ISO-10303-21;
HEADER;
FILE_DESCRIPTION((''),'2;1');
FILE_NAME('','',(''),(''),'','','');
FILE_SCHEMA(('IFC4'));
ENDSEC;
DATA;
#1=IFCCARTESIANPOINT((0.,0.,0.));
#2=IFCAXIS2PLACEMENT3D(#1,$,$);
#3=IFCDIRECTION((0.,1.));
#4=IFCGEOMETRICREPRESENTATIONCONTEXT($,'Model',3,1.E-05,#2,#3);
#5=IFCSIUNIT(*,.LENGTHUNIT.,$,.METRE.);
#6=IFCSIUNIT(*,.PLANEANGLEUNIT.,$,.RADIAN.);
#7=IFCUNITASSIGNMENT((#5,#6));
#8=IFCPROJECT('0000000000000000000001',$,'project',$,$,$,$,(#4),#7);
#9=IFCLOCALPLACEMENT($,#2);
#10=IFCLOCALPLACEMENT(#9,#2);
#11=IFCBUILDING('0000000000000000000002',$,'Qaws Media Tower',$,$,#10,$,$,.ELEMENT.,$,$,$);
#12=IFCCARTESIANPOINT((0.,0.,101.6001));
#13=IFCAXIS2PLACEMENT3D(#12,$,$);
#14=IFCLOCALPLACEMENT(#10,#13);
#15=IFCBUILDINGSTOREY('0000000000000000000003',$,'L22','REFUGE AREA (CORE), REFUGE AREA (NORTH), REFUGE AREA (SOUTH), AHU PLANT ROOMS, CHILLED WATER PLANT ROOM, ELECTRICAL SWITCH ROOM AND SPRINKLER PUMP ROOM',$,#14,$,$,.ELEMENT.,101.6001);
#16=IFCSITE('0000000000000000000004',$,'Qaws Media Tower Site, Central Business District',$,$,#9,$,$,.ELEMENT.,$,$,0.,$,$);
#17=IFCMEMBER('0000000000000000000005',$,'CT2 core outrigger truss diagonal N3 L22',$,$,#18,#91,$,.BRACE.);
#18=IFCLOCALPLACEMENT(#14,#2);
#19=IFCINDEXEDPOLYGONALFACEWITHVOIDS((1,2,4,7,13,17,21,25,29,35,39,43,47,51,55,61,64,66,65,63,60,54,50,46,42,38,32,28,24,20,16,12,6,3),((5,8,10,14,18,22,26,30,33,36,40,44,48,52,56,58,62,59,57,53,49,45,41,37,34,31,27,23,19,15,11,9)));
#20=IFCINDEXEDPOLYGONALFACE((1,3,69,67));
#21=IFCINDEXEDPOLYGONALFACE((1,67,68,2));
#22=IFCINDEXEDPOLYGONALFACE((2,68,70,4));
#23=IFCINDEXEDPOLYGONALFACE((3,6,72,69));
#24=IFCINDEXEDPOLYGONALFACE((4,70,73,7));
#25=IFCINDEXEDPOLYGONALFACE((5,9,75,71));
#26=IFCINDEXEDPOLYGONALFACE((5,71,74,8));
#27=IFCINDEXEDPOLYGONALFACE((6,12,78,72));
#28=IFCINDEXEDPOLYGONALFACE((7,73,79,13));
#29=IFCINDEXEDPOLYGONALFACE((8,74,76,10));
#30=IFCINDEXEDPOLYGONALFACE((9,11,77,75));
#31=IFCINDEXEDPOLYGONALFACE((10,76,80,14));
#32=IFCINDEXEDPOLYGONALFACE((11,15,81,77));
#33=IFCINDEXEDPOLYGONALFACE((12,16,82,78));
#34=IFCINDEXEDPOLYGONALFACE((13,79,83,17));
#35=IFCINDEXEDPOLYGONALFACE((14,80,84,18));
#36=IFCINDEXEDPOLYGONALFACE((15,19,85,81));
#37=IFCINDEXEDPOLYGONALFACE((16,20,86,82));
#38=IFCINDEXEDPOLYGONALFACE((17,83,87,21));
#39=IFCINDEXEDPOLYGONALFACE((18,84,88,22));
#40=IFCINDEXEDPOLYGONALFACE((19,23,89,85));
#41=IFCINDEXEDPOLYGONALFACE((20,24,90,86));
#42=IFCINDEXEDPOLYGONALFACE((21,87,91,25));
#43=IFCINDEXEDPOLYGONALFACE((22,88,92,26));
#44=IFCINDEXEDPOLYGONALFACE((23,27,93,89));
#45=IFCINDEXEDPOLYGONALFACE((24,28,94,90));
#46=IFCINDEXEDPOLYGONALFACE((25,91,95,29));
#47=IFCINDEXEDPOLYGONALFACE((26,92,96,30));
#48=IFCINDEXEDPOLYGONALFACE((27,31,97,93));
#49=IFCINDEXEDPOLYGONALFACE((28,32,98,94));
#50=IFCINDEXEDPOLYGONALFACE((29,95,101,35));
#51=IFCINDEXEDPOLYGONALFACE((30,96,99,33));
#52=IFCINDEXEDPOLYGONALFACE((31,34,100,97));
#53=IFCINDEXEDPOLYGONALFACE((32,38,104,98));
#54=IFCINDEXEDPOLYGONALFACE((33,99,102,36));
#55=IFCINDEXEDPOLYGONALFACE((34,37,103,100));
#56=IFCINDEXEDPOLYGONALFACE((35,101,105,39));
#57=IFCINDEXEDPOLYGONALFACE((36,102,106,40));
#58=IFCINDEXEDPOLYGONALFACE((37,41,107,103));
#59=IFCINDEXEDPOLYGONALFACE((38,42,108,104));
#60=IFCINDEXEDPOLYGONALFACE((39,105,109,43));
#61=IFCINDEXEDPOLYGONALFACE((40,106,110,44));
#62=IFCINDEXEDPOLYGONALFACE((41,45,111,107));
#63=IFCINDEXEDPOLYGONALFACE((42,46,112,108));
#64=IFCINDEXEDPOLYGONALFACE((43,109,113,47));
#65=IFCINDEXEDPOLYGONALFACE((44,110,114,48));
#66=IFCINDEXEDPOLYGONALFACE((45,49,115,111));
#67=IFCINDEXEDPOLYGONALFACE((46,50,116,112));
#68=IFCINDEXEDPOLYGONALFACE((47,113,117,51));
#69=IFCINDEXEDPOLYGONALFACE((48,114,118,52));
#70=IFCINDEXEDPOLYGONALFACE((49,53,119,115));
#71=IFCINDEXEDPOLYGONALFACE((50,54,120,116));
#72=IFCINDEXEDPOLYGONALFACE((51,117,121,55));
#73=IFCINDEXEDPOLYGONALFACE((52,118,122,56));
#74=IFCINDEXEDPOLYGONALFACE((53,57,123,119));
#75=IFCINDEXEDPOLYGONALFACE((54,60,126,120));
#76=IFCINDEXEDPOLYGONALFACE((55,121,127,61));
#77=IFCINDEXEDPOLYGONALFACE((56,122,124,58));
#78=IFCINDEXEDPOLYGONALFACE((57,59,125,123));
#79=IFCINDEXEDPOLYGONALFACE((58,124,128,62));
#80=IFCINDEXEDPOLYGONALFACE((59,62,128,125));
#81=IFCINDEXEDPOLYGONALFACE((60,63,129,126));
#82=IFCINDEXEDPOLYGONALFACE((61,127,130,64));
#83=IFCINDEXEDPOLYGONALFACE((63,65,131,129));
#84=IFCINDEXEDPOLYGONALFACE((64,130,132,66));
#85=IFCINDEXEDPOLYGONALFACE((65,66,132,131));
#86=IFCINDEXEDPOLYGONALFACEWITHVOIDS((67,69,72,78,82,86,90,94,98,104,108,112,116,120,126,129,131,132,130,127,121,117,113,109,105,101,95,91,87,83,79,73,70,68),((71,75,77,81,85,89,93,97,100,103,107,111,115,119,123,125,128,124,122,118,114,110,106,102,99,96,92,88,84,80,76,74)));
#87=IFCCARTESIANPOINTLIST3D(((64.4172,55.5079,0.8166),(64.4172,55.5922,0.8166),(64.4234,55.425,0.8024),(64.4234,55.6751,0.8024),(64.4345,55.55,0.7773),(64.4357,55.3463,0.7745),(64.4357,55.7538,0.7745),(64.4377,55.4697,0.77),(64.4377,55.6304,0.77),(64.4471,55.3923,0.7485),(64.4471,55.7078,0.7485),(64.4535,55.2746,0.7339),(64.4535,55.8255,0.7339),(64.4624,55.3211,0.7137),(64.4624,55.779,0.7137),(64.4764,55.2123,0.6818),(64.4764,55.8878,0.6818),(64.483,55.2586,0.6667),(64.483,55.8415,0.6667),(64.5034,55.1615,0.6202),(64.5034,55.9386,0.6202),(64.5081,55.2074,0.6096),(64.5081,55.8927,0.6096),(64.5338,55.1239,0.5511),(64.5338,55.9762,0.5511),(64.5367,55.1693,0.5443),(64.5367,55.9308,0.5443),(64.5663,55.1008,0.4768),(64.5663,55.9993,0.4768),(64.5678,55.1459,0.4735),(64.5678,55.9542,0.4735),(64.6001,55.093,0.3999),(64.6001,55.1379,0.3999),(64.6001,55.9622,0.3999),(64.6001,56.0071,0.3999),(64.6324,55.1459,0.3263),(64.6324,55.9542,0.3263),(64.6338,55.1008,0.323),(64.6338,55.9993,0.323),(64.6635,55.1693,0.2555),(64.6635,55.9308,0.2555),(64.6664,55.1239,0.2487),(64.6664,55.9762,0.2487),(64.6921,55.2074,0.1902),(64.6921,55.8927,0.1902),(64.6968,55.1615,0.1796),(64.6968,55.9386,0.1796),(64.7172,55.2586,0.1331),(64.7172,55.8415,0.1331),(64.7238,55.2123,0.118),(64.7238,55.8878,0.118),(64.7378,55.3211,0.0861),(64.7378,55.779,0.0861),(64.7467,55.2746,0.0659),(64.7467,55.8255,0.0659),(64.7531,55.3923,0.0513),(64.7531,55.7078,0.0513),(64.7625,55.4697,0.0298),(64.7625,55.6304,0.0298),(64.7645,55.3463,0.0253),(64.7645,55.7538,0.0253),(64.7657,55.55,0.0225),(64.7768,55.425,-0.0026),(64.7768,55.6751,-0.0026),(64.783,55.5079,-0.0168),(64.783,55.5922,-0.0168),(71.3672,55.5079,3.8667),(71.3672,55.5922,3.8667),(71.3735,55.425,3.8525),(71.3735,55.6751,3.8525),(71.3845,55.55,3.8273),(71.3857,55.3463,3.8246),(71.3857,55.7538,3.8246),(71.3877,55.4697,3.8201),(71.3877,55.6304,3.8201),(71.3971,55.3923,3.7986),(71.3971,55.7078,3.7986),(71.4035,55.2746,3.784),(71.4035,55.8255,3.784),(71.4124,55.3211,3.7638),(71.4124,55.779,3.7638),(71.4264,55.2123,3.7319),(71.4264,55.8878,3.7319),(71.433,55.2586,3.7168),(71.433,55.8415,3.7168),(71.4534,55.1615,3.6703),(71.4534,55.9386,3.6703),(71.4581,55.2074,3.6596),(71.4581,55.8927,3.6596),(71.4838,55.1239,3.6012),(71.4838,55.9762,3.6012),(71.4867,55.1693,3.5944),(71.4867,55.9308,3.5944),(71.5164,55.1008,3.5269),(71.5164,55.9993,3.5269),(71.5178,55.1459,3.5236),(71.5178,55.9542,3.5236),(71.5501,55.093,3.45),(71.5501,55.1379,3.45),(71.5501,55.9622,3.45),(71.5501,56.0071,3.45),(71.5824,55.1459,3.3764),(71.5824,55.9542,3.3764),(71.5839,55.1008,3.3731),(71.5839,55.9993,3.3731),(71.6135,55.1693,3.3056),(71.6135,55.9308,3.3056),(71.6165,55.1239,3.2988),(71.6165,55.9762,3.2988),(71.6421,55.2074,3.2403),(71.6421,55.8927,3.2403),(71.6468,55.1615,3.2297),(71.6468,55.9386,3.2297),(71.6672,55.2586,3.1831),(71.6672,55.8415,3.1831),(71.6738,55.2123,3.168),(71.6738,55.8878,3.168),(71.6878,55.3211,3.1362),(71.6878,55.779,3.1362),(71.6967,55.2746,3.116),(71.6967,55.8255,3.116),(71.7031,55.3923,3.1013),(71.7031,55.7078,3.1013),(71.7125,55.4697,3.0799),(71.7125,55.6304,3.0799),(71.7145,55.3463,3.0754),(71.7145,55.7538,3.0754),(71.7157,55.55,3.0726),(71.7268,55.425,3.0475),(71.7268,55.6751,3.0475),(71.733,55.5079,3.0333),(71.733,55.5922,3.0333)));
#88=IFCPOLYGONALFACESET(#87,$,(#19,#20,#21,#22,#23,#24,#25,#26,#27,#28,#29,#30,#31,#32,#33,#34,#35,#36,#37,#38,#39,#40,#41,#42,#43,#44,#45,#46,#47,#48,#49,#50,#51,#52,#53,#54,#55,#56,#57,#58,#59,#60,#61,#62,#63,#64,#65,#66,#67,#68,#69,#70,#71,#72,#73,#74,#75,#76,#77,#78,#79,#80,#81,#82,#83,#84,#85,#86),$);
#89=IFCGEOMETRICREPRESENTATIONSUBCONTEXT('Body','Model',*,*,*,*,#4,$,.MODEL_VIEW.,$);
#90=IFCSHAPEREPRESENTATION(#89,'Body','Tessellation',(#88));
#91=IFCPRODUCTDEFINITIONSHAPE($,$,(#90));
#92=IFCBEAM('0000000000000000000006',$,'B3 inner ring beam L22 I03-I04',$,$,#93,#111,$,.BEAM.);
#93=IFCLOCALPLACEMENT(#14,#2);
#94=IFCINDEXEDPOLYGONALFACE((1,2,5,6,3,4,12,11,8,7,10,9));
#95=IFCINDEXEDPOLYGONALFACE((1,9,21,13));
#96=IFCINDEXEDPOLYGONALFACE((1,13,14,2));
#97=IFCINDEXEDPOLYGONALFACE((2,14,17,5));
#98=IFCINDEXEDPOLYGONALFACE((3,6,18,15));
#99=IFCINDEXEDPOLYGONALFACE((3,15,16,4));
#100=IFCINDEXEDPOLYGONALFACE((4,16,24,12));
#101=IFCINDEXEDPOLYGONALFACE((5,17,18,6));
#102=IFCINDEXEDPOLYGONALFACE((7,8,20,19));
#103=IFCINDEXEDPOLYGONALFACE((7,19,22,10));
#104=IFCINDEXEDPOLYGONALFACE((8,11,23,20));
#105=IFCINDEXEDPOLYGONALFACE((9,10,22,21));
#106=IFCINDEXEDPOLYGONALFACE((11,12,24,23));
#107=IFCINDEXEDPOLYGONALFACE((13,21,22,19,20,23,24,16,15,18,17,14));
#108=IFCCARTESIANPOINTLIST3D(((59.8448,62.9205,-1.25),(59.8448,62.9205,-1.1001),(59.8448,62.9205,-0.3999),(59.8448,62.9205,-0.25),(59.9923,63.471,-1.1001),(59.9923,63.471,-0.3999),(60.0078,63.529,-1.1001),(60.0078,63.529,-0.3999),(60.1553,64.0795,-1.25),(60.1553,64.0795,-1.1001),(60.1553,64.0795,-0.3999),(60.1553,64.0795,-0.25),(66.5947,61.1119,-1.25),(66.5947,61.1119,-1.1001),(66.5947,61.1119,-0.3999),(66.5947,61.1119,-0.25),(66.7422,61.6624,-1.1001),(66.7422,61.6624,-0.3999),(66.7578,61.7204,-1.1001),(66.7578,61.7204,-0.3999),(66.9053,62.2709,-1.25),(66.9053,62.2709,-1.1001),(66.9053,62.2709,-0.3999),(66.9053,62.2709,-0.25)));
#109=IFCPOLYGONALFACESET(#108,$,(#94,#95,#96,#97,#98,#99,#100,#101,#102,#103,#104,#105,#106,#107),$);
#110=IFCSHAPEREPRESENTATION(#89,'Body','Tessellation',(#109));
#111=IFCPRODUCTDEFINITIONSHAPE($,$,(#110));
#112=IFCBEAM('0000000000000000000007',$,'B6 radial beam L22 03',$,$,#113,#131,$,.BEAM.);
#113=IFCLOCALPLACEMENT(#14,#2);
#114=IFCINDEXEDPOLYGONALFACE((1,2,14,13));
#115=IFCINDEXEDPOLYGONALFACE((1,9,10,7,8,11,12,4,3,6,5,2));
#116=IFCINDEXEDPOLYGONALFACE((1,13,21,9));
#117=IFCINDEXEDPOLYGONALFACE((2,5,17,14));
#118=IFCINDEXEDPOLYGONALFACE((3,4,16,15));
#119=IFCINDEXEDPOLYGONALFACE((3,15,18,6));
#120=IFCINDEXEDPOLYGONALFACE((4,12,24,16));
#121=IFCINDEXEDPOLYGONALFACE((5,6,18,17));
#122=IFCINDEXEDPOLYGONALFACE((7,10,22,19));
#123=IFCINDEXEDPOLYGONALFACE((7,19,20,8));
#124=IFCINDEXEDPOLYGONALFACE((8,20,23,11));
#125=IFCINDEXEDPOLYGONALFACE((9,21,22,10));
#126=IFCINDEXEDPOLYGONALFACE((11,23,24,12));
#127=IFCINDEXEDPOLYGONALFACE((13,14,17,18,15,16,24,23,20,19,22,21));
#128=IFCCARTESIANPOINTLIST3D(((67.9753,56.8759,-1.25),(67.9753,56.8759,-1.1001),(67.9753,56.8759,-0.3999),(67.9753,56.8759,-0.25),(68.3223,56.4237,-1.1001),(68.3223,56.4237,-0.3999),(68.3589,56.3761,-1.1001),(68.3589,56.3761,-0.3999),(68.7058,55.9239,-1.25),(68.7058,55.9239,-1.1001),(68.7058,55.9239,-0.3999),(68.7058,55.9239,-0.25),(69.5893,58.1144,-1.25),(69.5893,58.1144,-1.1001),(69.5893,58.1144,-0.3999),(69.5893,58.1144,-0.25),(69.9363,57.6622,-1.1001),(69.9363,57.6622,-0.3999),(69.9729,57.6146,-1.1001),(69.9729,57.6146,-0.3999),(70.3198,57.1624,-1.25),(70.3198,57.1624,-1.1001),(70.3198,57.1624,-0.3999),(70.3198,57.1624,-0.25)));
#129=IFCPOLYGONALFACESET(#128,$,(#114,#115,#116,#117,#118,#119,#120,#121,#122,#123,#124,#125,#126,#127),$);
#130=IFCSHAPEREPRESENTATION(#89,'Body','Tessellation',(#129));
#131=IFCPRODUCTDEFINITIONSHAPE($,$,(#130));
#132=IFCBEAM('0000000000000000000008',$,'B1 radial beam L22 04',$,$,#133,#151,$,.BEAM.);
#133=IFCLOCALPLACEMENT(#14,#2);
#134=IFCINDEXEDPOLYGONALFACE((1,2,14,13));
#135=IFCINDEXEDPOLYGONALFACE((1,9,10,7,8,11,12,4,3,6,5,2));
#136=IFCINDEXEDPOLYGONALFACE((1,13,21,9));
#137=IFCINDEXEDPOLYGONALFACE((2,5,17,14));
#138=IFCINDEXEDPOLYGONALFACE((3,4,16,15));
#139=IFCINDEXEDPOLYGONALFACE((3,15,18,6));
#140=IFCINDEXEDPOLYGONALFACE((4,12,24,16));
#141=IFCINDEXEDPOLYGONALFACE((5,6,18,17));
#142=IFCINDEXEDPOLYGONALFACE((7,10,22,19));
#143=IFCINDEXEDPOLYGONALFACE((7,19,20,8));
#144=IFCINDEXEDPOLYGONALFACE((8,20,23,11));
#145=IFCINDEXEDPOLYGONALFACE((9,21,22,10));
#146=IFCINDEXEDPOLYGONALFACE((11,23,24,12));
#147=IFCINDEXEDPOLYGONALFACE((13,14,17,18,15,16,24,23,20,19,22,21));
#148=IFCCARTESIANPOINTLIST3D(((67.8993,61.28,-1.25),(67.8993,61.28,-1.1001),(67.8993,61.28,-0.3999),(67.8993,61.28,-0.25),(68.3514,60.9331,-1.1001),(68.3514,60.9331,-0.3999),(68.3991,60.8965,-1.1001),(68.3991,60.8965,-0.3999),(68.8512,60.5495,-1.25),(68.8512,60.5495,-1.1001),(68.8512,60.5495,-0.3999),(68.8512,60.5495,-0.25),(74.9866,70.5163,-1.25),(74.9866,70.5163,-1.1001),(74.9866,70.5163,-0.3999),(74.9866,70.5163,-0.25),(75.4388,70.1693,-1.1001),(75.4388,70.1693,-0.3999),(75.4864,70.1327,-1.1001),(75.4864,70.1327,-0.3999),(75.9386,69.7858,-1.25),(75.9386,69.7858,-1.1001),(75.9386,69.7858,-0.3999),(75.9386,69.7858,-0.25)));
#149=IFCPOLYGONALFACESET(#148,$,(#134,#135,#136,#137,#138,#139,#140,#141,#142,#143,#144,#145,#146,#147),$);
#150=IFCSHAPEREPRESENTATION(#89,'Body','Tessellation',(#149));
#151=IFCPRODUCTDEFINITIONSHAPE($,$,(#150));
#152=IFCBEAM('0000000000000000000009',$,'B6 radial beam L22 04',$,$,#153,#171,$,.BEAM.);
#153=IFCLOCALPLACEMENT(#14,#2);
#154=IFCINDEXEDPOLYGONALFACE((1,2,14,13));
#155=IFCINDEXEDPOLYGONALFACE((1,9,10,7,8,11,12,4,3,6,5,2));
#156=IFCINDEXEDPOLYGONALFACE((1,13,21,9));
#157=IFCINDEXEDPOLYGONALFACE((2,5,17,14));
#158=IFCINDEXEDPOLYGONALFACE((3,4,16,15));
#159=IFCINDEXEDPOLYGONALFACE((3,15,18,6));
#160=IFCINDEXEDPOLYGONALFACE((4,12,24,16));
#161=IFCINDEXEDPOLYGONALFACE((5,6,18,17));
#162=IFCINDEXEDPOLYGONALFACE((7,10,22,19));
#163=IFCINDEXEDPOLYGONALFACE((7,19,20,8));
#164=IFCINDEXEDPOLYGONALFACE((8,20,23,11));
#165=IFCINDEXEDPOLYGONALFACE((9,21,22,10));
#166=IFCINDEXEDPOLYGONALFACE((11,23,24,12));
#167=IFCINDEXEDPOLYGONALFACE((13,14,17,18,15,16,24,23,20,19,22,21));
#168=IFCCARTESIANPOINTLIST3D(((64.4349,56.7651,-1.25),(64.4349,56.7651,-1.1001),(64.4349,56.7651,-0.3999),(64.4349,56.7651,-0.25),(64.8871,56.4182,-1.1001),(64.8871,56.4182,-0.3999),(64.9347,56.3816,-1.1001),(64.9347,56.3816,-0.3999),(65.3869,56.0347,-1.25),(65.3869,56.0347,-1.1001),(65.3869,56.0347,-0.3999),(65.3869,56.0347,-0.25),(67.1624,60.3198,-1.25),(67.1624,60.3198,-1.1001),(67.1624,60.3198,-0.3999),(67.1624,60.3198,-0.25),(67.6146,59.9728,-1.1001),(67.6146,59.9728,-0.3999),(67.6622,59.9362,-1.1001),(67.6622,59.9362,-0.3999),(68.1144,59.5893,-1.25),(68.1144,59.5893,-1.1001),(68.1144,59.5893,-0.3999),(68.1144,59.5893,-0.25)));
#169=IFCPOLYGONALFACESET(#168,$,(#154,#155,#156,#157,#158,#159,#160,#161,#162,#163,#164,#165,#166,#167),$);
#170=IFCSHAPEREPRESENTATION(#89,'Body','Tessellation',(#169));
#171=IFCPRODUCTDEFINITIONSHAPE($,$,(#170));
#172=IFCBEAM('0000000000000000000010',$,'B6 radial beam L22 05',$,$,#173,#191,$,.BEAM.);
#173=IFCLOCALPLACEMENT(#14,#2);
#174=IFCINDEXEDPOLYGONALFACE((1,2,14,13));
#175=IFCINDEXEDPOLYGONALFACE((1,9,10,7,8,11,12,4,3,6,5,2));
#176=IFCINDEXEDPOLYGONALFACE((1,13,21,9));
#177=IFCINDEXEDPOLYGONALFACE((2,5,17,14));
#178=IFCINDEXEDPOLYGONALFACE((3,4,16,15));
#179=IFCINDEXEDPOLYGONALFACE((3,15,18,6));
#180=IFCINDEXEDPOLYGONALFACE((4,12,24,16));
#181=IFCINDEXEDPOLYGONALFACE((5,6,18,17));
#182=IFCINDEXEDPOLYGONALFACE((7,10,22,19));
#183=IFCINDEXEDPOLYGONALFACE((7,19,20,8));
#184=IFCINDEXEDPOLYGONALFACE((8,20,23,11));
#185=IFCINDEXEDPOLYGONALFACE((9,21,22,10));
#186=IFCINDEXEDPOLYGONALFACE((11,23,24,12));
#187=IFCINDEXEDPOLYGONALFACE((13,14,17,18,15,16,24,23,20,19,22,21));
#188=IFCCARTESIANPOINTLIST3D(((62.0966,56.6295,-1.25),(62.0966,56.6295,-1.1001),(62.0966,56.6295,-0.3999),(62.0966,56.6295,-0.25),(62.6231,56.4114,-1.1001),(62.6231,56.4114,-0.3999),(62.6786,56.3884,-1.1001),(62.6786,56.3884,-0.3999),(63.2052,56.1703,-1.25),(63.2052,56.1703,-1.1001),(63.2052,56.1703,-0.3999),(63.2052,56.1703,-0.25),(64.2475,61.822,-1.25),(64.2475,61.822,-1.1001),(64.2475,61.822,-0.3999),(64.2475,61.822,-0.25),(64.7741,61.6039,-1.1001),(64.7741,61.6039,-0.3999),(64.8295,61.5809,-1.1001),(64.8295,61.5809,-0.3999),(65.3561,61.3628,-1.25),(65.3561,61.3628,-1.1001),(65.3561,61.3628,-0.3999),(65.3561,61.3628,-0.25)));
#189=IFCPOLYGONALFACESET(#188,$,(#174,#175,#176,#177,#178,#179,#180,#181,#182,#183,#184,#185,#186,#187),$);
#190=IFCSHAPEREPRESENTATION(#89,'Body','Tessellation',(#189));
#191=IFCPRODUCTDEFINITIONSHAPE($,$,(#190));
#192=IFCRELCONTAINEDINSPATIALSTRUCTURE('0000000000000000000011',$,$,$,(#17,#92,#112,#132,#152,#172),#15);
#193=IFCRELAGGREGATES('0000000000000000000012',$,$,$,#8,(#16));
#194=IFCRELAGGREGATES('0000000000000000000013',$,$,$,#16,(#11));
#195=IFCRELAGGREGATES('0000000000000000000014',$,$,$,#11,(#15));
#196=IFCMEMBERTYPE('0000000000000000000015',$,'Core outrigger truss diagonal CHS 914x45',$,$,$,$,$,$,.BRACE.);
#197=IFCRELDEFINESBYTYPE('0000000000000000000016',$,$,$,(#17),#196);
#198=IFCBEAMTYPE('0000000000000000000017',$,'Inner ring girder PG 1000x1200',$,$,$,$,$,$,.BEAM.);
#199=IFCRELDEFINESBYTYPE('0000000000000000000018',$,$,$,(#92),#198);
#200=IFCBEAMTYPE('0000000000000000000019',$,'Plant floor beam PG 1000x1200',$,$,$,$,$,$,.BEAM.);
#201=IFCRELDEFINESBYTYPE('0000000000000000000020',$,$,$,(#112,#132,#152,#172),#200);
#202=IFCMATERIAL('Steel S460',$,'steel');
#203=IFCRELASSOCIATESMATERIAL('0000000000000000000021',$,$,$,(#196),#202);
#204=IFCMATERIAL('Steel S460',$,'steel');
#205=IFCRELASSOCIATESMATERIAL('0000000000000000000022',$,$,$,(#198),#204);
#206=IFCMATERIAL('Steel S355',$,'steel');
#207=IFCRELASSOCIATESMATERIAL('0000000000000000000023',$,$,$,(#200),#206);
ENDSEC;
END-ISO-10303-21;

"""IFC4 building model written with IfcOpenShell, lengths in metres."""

from ifc_helpers import new_model, si_unit, direction, frame, origin, origin_2d, place, context, subcontext, project, spatial, hollow_circle, i_section, extrude, material, material_profile, profile_set, type_object, element, save


model = new_model("IFC4")

# Units and contexts
model_context = context("Model", 3, precision=1e-05, world=origin(), true_north=direction((0.0, 1.0)))
body_context = subcontext(model_context, "Body", "Model", "MODEL_VIEW")
ifc_project = project(units=[si_unit("LENGTHUNIT", "METRE"), si_unit("PLANEANGLEUNIT", "RADIAN")], contexts=[model_context])

# Site, building, storey
site_placement = place(None, origin())
site = spatial("IfcSite", under=ifc_project, at=site_placement, Name="Qaws Media Tower Site, Central Business District", CompositionType="ELEMENT", RefElevation=0.0)
building_placement = place(site_placement, origin())
building = spatial("IfcBuilding", under=site, at=building_placement, Name="Qaws Media Tower", CompositionType="ELEMENT")
storey_placement = place(building_placement, frame((0.0, 0.0, 101.6001)))
storey = spatial("IfcBuildingStorey", under=building, at=storey_placement, Name="L22", Description="REFUGE AREA (CORE), REFUGE AREA (NORTH), REFUGE AREA (SOUTH), AHU PLANT ROOMS, CHILLED WATER PLANT ROOM, ELECTRICAL SWITCH ROOM AND SPRINKLER PUMP ROOM", CompositionType="ELEMENT", Elevation=101.6001)

# Member
ifc_material_1 = material(Name="Steel S460", Category="steel")
ifc_material_profile_1 = material_profile(ifc_material_1, hollow_circle(Radius=0.457, WallThickness=0.0449, at=origin_2d()), Name="CHS 914x45")
ifc_profile_set_1 = profile_set([ifc_material_profile_1], Name="Steel S460")
member_type_1 = type_object("IfcMemberType", Name="Core outrigger truss diagonal CHS 914x45", PredefinedType="BRACE", material=ifc_profile_set_1)
member_1_placement = place(storey_placement, frame((64.6001, 55.55, 0.3999), z_axis=(0.9157, 0.0, 0.401863), x_axis=(0.0, 1.0, 0.0)))
element("IfcMember", 1, at=member_1_placement, inside=storey, type_object=member_type_1, Name="CT2 core outrigger truss diagonal N3 L22", PredefinedType="BRACE", context=body_context, shape_type="SweptSolid", body=[
    extrude(hollow_circle(Radius=0.457, WallThickness=0.0449, at=origin_2d()), origin(), (0.0, 0.0, 1.0), 7.5898),
])

# Beams
ifc_material_2 = material(Name="Steel S460", Category="steel")
ifc_material_profile_2 = material_profile(ifc_material_2, i_section(OverallWidth=1.2, OverallDepth=1.0, WebThickness=0.0601, FlangeThickness=0.1499, at=origin_2d()), Name="PG 1000x1200")
ifc_profile_set_2 = profile_set([ifc_material_profile_2], Name="Steel S460")
beam_type_1 = type_object("IfcBeamType", Name="Inner ring girder PG 1000x1200", PredefinedType="BEAM", material=ifc_profile_set_2)
beam_1_placement = place(storey_placement, frame((66.75, 61.6914, -0.75), z_axis=(-0.965928, 0.258811, 0.0), x_axis=(-0.258811, -0.965928, 0.0)))
element("IfcBeam", 2, at=beam_1_placement, inside=storey, type_object=beam_type_1, Name="B3 inner ring beam L22 I03-I04", PredefinedType="BEAM", context=body_context, shape_type="SweptSolid", body=[
    extrude(i_section(OverallWidth=1.2, OverallDepth=1.0, WebThickness=0.0601, FlangeThickness=0.1499, at=origin_2d()), origin(), (0.0, 0.0, 1.0), 6.988),
])
ifc_material_3 = material(Name="Steel S355", Category="steel")
ifc_material_profile_3 = material_profile(ifc_material_3, i_section(OverallWidth=1.2, OverallDepth=1.0, WebThickness=0.0601, FlangeThickness=0.1499, at=origin_2d()), Name="PG 1000x1200")
ifc_profile_set_3 = profile_set([ifc_material_profile_3], Name="Steel S355")
beam_type_2 = type_object("IfcBeamType", Name="Plant floor beam PG 1000x1200", PredefinedType="BEAM", material=ifc_profile_set_3)
beam_2_placement = place(storey_placement, frame((68.3406, 56.3999, -0.75), z_axis=(0.793342, 0.608777, 0.0), x_axis=(-0.608777, 0.793342, 0.0)))
element("IfcBeam", 3, at=beam_2_placement, inside=storey, type_object=beam_type_2, Name="B6 radial beam L22 03", PredefinedType="BEAM", context=body_context, shape_type="SweptSolid", body=[
    extrude(i_section(OverallWidth=1.2, OverallDepth=1.0, WebThickness=0.0601, FlangeThickness=0.1499, at=origin_2d()), origin(), (0.0, 0.0, 1.0), 2.0344),
])
beam_3_placement = place(storey_placement, frame((68.3752, 60.9148, -0.75), z_axis=(0.608768, 0.793348, 0.0), x_axis=(-0.793348, 0.608768, 0.0)))
element("IfcBeam", 4, at=beam_3_placement, inside=storey, type_object=beam_type_2, Name="B1 radial beam L22 04", PredefinedType="BEAM", context=body_context, shape_type="SweptSolid", body=[
    extrude(i_section(OverallWidth=1.2, OverallDepth=1.0, WebThickness=0.0601, FlangeThickness=0.1499, at=origin_2d()), origin(), (0.0, 0.0, 1.0), 11.6421),
])
beam_4_placement = place(storey_placement, frame((64.9109, 56.3999, -0.75), z_axis=(0.608752, 0.793361, 0.0), x_axis=(-0.793361, 0.608752, 0.0)))
element("IfcBeam", 5, at=beam_4_placement, inside=storey, type_object=beam_type_2, Name="B6 radial beam L22 04", PredefinedType="BEAM", context=body_context, shape_type="SweptSolid", body=[
    extrude(i_section(OverallWidth=1.2, OverallDepth=1.0, WebThickness=0.0601, FlangeThickness=0.1499, at=origin_2d()), origin(), (0.0, 0.0, 1.0), 4.4805),
])
beam_5_placement = place(storey_placement, frame((62.6509, 56.3999, -0.75), z_axis=(0.382702, 0.923872, 0.0), x_axis=(-0.923872, 0.382702, 0.0)))
element("IfcBeam", 6, at=beam_5_placement, inside=storey, type_object=beam_type_2, Name="B6 radial beam L22 05", PredefinedType="BEAM", context=body_context, shape_type="SweptSolid", body=[
    extrude(i_section(OverallWidth=1.2, OverallDepth=1.0, WebThickness=0.0601, FlangeThickness=0.1499, at=origin_2d()), origin(), (0.0, 0.0, 1.0), 5.6204),
])

save(model, "model.ifc")
